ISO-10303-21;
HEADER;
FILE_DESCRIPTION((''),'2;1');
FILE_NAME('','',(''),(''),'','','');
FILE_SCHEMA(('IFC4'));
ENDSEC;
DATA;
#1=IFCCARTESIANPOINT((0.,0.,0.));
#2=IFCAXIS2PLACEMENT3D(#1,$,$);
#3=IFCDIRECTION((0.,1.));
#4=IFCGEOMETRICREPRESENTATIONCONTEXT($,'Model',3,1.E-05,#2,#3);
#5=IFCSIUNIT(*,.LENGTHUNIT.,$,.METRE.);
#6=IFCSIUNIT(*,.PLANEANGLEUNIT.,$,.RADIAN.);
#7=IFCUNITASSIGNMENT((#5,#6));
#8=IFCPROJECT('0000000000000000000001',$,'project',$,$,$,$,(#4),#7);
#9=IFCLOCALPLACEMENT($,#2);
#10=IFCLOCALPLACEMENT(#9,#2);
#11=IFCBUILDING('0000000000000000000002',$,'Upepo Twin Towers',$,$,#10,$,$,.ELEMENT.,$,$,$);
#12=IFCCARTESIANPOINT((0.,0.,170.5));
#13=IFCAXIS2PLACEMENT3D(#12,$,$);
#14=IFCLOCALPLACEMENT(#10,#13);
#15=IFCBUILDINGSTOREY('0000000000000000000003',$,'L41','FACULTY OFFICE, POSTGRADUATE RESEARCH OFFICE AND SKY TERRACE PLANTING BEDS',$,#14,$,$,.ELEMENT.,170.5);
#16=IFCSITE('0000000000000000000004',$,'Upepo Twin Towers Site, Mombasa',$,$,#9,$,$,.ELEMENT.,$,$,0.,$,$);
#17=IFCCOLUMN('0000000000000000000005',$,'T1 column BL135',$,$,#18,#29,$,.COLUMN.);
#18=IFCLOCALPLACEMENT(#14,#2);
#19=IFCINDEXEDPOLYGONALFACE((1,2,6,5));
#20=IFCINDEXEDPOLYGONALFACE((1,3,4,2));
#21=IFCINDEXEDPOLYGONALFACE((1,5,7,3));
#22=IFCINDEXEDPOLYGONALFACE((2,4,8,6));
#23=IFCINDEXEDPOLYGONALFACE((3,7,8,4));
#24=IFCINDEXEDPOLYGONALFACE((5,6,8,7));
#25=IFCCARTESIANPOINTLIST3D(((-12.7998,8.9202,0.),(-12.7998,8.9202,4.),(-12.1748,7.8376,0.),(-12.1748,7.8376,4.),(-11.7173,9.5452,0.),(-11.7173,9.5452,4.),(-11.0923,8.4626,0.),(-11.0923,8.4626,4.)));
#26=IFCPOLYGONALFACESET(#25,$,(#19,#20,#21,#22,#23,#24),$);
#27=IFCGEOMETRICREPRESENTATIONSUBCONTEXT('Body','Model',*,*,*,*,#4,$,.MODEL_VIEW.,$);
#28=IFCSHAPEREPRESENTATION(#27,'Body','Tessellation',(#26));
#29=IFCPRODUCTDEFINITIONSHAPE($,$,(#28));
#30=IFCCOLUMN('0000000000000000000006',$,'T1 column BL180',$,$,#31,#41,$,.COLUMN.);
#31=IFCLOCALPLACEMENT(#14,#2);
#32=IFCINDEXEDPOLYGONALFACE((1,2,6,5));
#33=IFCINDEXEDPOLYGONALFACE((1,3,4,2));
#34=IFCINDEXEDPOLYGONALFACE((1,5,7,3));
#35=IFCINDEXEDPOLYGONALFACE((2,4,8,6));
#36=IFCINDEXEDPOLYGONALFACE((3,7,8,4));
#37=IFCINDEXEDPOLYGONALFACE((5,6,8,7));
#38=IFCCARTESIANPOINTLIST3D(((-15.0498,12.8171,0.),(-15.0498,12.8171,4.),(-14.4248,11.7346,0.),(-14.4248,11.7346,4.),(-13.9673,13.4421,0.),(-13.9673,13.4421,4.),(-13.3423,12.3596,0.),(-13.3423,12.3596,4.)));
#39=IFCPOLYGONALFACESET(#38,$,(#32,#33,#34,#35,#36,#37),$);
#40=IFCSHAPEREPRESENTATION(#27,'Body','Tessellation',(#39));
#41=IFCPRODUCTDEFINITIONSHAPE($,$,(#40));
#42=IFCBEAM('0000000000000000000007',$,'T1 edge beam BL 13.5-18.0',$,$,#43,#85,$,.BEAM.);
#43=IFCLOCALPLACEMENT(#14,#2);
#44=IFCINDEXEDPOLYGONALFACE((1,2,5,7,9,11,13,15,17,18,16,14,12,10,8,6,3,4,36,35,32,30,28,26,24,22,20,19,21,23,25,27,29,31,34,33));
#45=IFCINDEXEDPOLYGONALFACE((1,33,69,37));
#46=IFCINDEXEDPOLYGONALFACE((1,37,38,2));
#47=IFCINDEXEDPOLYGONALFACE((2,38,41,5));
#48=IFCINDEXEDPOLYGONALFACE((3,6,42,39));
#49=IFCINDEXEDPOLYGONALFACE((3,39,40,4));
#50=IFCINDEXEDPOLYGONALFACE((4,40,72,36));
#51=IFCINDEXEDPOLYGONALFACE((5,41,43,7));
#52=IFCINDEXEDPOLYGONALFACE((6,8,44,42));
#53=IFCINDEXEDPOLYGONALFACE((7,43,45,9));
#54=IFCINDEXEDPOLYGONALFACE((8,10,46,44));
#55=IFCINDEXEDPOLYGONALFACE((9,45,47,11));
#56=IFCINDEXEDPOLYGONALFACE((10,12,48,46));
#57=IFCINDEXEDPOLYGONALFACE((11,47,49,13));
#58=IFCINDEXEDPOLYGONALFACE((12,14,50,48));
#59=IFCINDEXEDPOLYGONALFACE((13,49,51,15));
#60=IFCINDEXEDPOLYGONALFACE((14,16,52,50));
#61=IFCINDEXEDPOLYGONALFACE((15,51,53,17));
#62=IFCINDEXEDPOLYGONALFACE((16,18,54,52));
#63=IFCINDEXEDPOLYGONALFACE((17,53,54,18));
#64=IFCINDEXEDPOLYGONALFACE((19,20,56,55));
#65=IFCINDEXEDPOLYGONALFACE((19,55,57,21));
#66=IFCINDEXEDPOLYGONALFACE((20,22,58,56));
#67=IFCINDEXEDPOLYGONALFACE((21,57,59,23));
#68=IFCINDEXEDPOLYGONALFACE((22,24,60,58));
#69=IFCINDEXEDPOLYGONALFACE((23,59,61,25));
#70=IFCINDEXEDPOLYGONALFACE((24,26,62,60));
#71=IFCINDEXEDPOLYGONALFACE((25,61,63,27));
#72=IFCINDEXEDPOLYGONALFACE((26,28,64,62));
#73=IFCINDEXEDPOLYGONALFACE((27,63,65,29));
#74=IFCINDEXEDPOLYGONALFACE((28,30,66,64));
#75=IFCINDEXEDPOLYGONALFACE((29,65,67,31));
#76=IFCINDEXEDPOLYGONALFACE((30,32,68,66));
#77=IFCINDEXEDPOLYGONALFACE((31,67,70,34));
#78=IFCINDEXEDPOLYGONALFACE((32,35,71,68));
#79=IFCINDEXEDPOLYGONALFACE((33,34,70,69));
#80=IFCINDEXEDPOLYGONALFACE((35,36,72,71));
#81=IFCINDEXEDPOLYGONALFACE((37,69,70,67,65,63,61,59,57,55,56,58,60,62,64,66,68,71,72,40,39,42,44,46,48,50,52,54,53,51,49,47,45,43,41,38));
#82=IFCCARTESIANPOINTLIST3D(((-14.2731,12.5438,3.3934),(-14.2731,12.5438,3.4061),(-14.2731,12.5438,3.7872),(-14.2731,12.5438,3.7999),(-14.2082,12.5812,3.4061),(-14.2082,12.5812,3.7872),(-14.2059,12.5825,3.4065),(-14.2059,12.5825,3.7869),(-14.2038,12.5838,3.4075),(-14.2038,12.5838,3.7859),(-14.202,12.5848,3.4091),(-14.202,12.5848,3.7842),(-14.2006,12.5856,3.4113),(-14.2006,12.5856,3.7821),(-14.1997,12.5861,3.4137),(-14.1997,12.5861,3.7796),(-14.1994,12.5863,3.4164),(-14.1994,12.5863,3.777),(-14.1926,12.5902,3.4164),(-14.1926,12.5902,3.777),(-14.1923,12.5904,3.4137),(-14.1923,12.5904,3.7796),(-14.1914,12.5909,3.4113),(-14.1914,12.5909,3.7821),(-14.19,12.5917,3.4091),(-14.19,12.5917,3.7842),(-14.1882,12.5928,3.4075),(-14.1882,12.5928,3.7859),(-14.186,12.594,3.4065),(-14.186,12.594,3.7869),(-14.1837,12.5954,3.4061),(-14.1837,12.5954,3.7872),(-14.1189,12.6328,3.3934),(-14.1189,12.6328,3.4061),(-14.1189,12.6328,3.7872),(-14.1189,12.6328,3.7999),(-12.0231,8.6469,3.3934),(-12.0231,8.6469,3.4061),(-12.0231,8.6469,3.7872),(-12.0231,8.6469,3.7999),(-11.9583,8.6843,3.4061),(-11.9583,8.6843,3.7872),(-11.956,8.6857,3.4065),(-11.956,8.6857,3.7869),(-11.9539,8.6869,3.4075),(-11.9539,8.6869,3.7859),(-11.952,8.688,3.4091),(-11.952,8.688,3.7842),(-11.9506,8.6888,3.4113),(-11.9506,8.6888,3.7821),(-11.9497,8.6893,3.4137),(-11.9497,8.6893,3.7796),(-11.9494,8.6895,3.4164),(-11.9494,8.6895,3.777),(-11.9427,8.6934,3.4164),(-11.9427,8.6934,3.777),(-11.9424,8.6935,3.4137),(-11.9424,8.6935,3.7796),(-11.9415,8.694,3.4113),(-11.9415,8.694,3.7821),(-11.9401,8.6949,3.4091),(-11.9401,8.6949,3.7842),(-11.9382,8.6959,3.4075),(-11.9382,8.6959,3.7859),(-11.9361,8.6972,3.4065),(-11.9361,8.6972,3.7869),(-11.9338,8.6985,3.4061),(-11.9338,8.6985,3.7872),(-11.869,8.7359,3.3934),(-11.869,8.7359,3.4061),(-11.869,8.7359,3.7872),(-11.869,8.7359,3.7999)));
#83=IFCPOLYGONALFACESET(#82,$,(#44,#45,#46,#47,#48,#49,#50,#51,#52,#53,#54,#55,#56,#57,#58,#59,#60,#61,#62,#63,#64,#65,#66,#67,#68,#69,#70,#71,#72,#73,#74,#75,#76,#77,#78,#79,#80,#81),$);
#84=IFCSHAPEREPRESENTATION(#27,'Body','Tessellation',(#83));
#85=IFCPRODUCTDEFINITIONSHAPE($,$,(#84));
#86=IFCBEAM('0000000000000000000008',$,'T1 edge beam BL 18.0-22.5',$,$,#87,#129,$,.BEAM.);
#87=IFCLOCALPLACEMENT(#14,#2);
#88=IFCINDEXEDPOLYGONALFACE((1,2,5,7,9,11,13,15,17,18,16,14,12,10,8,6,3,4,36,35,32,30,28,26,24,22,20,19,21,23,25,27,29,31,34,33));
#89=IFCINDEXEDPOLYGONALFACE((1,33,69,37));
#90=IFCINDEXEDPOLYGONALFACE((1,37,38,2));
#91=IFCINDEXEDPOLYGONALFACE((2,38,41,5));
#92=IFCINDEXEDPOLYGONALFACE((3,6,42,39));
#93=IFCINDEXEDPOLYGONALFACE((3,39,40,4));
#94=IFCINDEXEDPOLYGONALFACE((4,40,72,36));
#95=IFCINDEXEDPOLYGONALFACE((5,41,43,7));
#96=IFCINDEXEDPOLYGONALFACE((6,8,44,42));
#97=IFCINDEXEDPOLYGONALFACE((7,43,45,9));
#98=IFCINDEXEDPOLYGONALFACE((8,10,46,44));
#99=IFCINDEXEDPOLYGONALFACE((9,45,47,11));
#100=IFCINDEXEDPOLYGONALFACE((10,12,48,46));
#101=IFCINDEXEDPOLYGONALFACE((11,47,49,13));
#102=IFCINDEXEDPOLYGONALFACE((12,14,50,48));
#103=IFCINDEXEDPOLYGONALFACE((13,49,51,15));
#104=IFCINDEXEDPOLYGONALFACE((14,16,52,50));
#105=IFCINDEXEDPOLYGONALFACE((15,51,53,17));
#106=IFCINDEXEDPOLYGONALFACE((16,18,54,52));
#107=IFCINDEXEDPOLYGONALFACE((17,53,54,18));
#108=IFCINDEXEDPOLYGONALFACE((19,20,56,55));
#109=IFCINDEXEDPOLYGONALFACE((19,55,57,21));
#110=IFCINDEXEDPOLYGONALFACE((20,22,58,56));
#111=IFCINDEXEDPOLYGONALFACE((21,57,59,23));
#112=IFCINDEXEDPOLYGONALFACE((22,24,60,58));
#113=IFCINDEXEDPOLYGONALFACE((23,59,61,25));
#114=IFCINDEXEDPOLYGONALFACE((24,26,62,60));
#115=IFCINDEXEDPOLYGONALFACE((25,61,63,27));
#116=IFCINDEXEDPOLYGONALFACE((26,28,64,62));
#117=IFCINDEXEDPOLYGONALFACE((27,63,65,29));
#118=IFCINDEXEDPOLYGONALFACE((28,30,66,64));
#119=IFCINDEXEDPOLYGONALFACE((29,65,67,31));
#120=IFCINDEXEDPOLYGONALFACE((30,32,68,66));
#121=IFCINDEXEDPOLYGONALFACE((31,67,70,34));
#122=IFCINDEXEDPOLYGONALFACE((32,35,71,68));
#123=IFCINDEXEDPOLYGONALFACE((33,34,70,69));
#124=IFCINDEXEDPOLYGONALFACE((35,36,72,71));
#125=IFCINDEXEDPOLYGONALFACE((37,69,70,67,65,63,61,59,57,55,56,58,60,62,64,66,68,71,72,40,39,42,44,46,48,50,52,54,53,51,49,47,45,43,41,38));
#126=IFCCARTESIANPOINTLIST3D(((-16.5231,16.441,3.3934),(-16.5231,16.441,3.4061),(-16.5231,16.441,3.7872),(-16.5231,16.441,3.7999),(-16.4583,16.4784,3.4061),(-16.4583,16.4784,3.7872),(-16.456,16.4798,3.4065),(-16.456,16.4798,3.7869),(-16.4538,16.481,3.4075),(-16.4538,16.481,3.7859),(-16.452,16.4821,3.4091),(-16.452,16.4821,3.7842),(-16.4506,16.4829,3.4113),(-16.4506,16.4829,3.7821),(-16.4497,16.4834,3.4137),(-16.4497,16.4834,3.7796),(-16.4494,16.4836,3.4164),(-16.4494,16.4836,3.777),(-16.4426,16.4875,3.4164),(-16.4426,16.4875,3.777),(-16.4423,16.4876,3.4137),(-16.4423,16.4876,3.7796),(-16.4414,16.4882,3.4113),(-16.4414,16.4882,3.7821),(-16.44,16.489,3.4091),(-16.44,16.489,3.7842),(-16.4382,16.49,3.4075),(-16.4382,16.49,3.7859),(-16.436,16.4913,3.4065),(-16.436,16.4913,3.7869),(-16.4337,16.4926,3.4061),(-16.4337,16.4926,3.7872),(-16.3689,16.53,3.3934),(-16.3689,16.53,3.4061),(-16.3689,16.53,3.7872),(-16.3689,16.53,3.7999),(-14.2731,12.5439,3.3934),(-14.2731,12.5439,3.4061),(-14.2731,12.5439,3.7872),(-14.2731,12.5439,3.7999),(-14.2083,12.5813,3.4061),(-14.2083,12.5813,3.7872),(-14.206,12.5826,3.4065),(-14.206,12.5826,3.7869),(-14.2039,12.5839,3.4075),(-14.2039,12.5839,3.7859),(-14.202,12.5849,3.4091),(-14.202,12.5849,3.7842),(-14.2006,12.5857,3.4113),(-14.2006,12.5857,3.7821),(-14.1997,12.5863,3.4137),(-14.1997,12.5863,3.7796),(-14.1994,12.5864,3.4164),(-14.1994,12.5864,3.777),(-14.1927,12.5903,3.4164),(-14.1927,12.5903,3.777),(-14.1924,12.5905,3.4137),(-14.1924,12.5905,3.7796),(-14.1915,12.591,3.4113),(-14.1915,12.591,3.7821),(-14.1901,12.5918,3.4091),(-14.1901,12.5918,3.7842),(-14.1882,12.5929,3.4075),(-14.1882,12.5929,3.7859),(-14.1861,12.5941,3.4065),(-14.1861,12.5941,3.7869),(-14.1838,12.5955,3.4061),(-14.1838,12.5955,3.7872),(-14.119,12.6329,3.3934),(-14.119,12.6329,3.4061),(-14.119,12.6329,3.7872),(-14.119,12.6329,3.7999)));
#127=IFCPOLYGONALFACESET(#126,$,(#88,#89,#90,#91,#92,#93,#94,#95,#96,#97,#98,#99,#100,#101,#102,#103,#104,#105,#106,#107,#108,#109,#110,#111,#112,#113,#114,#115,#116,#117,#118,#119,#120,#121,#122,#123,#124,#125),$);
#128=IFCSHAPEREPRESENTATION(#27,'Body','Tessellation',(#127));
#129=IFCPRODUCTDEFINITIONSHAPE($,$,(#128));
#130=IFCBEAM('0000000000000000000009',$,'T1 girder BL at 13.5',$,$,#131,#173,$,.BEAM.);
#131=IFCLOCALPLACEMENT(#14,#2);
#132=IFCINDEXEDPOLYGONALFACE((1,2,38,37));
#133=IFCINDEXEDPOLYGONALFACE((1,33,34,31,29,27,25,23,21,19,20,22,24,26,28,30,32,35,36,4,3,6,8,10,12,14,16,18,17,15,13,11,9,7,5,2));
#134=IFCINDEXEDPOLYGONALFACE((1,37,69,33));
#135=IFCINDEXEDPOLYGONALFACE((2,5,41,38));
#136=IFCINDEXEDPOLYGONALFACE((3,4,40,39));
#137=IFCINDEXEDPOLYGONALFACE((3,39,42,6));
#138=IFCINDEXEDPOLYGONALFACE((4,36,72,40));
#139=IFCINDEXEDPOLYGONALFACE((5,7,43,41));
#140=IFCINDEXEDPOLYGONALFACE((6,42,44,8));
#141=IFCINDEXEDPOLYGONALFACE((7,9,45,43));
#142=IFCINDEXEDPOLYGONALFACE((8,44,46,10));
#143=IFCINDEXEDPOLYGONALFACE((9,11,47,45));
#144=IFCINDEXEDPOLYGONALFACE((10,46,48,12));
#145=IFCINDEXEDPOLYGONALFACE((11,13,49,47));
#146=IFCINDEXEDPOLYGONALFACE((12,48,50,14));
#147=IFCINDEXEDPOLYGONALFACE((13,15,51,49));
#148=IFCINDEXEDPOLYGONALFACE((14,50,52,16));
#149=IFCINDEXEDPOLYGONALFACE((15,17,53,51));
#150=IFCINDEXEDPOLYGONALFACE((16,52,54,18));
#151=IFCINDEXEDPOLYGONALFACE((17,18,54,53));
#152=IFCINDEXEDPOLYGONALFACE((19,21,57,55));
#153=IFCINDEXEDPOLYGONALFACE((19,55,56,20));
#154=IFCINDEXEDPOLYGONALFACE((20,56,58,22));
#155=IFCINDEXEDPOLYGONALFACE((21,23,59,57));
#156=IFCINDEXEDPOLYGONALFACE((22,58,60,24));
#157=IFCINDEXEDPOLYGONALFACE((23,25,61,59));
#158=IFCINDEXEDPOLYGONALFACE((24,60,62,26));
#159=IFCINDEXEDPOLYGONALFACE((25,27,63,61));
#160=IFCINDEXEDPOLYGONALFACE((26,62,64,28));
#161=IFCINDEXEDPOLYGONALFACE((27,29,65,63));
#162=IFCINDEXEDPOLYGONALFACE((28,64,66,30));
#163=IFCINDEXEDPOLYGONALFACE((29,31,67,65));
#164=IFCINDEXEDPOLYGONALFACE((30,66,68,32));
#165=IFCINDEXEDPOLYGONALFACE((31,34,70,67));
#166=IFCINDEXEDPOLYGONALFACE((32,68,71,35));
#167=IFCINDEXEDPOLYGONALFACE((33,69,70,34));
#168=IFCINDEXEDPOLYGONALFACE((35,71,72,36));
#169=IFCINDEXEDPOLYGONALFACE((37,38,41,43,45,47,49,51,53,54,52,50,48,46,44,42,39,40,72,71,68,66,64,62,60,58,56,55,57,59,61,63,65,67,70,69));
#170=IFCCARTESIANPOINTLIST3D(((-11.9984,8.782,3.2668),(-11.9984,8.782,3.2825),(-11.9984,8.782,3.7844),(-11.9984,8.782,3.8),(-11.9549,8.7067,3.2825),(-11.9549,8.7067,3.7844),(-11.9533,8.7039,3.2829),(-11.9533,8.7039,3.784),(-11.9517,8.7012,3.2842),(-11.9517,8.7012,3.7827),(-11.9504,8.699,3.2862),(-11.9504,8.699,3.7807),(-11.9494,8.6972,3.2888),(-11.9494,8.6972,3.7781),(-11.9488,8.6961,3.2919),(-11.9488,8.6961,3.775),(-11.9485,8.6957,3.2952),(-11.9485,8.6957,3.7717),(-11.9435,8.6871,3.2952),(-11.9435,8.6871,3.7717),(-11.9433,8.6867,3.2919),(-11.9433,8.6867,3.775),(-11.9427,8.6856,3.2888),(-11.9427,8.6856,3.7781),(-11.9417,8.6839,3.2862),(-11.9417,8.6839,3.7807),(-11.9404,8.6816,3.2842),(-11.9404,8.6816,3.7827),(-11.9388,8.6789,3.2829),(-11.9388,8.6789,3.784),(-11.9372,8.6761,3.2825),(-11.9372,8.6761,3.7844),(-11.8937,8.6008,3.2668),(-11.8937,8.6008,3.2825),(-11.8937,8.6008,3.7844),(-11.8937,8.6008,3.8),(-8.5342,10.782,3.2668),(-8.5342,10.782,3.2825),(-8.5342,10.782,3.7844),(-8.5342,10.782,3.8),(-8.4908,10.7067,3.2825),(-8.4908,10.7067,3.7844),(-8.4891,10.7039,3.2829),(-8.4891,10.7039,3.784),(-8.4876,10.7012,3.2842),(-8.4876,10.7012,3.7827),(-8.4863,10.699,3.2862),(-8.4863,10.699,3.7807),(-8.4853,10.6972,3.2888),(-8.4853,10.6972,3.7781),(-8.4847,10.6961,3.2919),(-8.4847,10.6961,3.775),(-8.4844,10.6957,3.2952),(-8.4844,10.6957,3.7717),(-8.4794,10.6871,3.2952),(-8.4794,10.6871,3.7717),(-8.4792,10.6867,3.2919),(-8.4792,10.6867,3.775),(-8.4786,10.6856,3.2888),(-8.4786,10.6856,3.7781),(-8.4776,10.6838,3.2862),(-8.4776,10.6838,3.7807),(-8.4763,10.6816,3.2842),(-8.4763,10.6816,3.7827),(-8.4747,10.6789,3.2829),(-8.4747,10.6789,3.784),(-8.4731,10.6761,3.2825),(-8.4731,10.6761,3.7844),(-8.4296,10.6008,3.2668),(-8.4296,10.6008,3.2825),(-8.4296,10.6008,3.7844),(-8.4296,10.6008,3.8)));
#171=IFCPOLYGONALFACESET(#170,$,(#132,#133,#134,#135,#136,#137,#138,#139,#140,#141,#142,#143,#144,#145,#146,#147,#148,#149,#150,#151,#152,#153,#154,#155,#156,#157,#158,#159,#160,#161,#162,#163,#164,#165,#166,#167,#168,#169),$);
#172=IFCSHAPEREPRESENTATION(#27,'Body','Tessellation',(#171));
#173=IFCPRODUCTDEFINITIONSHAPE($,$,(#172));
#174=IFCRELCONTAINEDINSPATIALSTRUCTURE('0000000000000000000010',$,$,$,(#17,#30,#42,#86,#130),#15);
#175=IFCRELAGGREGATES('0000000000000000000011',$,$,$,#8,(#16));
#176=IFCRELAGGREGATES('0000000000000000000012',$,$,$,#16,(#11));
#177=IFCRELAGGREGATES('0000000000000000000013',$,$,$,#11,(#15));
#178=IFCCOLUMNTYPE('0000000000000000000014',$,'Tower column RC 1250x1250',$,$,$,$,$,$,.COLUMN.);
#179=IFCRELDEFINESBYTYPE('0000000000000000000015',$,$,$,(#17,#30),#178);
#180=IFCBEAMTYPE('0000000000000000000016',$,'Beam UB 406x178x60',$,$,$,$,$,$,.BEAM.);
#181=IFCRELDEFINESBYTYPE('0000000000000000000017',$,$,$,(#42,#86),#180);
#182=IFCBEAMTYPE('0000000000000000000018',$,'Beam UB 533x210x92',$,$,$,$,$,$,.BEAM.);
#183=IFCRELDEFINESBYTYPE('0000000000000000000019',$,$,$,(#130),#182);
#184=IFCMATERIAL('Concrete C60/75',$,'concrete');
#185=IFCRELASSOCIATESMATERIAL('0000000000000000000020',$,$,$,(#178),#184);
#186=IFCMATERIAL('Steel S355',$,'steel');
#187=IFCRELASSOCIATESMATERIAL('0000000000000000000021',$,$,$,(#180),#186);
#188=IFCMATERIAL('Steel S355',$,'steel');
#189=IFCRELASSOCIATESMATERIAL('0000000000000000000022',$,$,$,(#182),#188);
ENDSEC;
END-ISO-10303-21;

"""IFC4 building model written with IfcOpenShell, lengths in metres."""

from ifc_helpers import new_model, si_unit, direction, frame, origin, origin_2d, place, context, subcontext, project, spatial, rectangle, i_section, extrude, material, material_profile, profile_set, type_object, element, save


model = new_model("IFC4")

# Units and contexts
model_context = context("Model", 3, precision=1e-05, world=origin(), true_north=direction((0.0, 1.0)))
body_context = subcontext(model_context, "Body", "Model", "MODEL_VIEW")
ifc_project = project(units=[si_unit("LENGTHUNIT", "METRE"), si_unit("PLANEANGLEUNIT", "RADIAN")], contexts=[model_context])

# Site, building, storey
site_placement = place(None, origin())
site = spatial("IfcSite", under=ifc_project, at=site_placement, Name="Upepo Twin Towers Site, Mombasa", CompositionType="ELEMENT", RefElevation=0.0)
building_placement = place(site_placement, origin())
building = spatial("IfcBuilding", under=site, at=building_placement, Name="Upepo Twin Towers", CompositionType="ELEMENT")
storey_placement = place(building_placement, frame((0.0, 0.0, 170.5)))
storey = spatial("IfcBuildingStorey", under=building, at=storey_placement, Name="L41", Description="FACULTY OFFICE, POSTGRADUATE RESEARCH OFFICE AND SKY TERRACE PLANTING BEDS", CompositionType="ELEMENT", Elevation=170.5)

# Columns
ifc_material_1 = material(Name="Concrete C60/75", Category="concrete")
ifc_material_profile_1 = material_profile(ifc_material_1, rectangle(XDim=1.25, YDim=1.25, at=origin_2d()), Name="RC 1250x1250")
ifc_profile_set_1 = profile_set([ifc_material_profile_1], Name="Concrete C60/75")
column_type = type_object("IfcColumnType", Name="Tower column RC 1250x1250", PredefinedType="COLUMN", material=ifc_profile_set_1)
for number, where, z_axis, x_axis, name in (
    (1, (-11.946, 8.6914, 0.0), (0.0, 0.0, 1.0), (0.866025, 0.5, 0.0), "T1 column BL135"),
    (2, (-14.196, 12.5884, 0.0), (0.0, 0.0, 1.0), (0.866025, 0.5, 0.0), "T1 column BL180"),
):
    element("IfcColumn", number, at=place(storey_placement, frame(where, z_axis=z_axis, x_axis=x_axis)), inside=storey, type_object=column_type, Name=name, PredefinedType="COLUMN", context=body_context, shape_type="SweptSolid", body=[
        extrude(rectangle(XDim=1.25, YDim=1.25, at=origin_2d()), origin(), (0.0, 0.0, 1.0), 4.0),
    ])

# Beams
ifc_material_2 = material(Name="Steel S355", Category="steel")
ifc_material_profile_2 = material_profile(ifc_material_2, i_section(OverallWidth=0.178, OverallDepth=0.4065, WebThickness=0.0078, FlangeThickness=0.0127, FilletRadius=0.0103, at=origin_2d()), Name="UB 406x178x60")
ifc_profile_set_2 = profile_set([ifc_material_profile_2], Name="Steel S355")
beam_type_1 = type_object("IfcBeamType", Name="Beam UB 406x178x60", PredefinedType="BEAM", material=ifc_profile_set_2)
beam_1_placement = place(storey_placement, frame((-11.946, 8.6914, 3.5967), z_axis=(-0.500014, 0.866018, 0.0), x_axis=(-0.866018, -0.500014, 0.0)))
element("IfcBeam", 3, at=beam_1_placement, inside=storey, type_object=beam_type_1, Name="T1 edge beam BL 13.5-18.0", PredefinedType="BEAM", context=body_context, shape_type="SweptSolid", body=[
    extrude(i_section(OverallWidth=0.178, OverallDepth=0.4065, WebThickness=0.0078, FlangeThickness=0.0127, FilletRadius=0.0103, at=origin_2d()), origin(), (0.0, 0.0, 1.0), 4.4998),
])
beam_2_placement = place(storey_placement, frame((-14.196, 12.5884, 3.5967), z_axis=(-0.49999, 0.866031, 0.0), x_axis=(-0.866031, -0.49999, 0.0)))
element("IfcBeam", 4, at=beam_2_placement, inside=storey, type_object=beam_type_1, Name="T1 edge beam BL 18.0-22.5", PredefinedType="BEAM", context=body_context, shape_type="SweptSolid", body=[
    extrude(i_section(OverallWidth=0.178, OverallDepth=0.4065, WebThickness=0.0078, FlangeThickness=0.0127, FilletRadius=0.0103, at=origin_2d()), origin(), (0.0, 0.0, 1.0), 4.5),
])
ifc_material_3 = material(Name="Steel S355", Category="steel")
ifc_material_profile_3 = material_profile(ifc_material_3, i_section(OverallWidth=0.2092, OverallDepth=0.5332, WebThickness=0.01, FlangeThickness=0.0156, FilletRadius=0.0127, at=origin_2d()), Name="UB 533x210x92")
ifc_profile_set_3 = profile_set([ifc_material_profile_3], Name="Steel S355")
beam_type_2 = type_object("IfcBeamType", Name="Beam UB 533x210x92", PredefinedType="BEAM", material=ifc_profile_set_3)
for number, where, z_axis, x_axis, name in (
    (5, (-11.946, 8.6914, 3.5334), (0.866026, 0.499999, 0.0), (-0.499999, 0.866026, 0.0), "T1 girder BL at 13.5"),
):
    element("IfcBeam", number, at=place(storey_placement, frame(where, z_axis=z_axis, x_axis=x_axis)), inside=storey, type_object=beam_type_2, Name=name, PredefinedType="BEAM", context=body_context, shape_type="SweptSolid", body=[
        extrude(i_section(OverallWidth=0.2092, OverallDepth=0.5332, WebThickness=0.01, FlangeThickness=0.0156, FilletRadius=0.0127, at=origin_2d()), origin(), (0.0, 0.0, 1.0), 4.0),
    ])

save(model, "model.ifc")
